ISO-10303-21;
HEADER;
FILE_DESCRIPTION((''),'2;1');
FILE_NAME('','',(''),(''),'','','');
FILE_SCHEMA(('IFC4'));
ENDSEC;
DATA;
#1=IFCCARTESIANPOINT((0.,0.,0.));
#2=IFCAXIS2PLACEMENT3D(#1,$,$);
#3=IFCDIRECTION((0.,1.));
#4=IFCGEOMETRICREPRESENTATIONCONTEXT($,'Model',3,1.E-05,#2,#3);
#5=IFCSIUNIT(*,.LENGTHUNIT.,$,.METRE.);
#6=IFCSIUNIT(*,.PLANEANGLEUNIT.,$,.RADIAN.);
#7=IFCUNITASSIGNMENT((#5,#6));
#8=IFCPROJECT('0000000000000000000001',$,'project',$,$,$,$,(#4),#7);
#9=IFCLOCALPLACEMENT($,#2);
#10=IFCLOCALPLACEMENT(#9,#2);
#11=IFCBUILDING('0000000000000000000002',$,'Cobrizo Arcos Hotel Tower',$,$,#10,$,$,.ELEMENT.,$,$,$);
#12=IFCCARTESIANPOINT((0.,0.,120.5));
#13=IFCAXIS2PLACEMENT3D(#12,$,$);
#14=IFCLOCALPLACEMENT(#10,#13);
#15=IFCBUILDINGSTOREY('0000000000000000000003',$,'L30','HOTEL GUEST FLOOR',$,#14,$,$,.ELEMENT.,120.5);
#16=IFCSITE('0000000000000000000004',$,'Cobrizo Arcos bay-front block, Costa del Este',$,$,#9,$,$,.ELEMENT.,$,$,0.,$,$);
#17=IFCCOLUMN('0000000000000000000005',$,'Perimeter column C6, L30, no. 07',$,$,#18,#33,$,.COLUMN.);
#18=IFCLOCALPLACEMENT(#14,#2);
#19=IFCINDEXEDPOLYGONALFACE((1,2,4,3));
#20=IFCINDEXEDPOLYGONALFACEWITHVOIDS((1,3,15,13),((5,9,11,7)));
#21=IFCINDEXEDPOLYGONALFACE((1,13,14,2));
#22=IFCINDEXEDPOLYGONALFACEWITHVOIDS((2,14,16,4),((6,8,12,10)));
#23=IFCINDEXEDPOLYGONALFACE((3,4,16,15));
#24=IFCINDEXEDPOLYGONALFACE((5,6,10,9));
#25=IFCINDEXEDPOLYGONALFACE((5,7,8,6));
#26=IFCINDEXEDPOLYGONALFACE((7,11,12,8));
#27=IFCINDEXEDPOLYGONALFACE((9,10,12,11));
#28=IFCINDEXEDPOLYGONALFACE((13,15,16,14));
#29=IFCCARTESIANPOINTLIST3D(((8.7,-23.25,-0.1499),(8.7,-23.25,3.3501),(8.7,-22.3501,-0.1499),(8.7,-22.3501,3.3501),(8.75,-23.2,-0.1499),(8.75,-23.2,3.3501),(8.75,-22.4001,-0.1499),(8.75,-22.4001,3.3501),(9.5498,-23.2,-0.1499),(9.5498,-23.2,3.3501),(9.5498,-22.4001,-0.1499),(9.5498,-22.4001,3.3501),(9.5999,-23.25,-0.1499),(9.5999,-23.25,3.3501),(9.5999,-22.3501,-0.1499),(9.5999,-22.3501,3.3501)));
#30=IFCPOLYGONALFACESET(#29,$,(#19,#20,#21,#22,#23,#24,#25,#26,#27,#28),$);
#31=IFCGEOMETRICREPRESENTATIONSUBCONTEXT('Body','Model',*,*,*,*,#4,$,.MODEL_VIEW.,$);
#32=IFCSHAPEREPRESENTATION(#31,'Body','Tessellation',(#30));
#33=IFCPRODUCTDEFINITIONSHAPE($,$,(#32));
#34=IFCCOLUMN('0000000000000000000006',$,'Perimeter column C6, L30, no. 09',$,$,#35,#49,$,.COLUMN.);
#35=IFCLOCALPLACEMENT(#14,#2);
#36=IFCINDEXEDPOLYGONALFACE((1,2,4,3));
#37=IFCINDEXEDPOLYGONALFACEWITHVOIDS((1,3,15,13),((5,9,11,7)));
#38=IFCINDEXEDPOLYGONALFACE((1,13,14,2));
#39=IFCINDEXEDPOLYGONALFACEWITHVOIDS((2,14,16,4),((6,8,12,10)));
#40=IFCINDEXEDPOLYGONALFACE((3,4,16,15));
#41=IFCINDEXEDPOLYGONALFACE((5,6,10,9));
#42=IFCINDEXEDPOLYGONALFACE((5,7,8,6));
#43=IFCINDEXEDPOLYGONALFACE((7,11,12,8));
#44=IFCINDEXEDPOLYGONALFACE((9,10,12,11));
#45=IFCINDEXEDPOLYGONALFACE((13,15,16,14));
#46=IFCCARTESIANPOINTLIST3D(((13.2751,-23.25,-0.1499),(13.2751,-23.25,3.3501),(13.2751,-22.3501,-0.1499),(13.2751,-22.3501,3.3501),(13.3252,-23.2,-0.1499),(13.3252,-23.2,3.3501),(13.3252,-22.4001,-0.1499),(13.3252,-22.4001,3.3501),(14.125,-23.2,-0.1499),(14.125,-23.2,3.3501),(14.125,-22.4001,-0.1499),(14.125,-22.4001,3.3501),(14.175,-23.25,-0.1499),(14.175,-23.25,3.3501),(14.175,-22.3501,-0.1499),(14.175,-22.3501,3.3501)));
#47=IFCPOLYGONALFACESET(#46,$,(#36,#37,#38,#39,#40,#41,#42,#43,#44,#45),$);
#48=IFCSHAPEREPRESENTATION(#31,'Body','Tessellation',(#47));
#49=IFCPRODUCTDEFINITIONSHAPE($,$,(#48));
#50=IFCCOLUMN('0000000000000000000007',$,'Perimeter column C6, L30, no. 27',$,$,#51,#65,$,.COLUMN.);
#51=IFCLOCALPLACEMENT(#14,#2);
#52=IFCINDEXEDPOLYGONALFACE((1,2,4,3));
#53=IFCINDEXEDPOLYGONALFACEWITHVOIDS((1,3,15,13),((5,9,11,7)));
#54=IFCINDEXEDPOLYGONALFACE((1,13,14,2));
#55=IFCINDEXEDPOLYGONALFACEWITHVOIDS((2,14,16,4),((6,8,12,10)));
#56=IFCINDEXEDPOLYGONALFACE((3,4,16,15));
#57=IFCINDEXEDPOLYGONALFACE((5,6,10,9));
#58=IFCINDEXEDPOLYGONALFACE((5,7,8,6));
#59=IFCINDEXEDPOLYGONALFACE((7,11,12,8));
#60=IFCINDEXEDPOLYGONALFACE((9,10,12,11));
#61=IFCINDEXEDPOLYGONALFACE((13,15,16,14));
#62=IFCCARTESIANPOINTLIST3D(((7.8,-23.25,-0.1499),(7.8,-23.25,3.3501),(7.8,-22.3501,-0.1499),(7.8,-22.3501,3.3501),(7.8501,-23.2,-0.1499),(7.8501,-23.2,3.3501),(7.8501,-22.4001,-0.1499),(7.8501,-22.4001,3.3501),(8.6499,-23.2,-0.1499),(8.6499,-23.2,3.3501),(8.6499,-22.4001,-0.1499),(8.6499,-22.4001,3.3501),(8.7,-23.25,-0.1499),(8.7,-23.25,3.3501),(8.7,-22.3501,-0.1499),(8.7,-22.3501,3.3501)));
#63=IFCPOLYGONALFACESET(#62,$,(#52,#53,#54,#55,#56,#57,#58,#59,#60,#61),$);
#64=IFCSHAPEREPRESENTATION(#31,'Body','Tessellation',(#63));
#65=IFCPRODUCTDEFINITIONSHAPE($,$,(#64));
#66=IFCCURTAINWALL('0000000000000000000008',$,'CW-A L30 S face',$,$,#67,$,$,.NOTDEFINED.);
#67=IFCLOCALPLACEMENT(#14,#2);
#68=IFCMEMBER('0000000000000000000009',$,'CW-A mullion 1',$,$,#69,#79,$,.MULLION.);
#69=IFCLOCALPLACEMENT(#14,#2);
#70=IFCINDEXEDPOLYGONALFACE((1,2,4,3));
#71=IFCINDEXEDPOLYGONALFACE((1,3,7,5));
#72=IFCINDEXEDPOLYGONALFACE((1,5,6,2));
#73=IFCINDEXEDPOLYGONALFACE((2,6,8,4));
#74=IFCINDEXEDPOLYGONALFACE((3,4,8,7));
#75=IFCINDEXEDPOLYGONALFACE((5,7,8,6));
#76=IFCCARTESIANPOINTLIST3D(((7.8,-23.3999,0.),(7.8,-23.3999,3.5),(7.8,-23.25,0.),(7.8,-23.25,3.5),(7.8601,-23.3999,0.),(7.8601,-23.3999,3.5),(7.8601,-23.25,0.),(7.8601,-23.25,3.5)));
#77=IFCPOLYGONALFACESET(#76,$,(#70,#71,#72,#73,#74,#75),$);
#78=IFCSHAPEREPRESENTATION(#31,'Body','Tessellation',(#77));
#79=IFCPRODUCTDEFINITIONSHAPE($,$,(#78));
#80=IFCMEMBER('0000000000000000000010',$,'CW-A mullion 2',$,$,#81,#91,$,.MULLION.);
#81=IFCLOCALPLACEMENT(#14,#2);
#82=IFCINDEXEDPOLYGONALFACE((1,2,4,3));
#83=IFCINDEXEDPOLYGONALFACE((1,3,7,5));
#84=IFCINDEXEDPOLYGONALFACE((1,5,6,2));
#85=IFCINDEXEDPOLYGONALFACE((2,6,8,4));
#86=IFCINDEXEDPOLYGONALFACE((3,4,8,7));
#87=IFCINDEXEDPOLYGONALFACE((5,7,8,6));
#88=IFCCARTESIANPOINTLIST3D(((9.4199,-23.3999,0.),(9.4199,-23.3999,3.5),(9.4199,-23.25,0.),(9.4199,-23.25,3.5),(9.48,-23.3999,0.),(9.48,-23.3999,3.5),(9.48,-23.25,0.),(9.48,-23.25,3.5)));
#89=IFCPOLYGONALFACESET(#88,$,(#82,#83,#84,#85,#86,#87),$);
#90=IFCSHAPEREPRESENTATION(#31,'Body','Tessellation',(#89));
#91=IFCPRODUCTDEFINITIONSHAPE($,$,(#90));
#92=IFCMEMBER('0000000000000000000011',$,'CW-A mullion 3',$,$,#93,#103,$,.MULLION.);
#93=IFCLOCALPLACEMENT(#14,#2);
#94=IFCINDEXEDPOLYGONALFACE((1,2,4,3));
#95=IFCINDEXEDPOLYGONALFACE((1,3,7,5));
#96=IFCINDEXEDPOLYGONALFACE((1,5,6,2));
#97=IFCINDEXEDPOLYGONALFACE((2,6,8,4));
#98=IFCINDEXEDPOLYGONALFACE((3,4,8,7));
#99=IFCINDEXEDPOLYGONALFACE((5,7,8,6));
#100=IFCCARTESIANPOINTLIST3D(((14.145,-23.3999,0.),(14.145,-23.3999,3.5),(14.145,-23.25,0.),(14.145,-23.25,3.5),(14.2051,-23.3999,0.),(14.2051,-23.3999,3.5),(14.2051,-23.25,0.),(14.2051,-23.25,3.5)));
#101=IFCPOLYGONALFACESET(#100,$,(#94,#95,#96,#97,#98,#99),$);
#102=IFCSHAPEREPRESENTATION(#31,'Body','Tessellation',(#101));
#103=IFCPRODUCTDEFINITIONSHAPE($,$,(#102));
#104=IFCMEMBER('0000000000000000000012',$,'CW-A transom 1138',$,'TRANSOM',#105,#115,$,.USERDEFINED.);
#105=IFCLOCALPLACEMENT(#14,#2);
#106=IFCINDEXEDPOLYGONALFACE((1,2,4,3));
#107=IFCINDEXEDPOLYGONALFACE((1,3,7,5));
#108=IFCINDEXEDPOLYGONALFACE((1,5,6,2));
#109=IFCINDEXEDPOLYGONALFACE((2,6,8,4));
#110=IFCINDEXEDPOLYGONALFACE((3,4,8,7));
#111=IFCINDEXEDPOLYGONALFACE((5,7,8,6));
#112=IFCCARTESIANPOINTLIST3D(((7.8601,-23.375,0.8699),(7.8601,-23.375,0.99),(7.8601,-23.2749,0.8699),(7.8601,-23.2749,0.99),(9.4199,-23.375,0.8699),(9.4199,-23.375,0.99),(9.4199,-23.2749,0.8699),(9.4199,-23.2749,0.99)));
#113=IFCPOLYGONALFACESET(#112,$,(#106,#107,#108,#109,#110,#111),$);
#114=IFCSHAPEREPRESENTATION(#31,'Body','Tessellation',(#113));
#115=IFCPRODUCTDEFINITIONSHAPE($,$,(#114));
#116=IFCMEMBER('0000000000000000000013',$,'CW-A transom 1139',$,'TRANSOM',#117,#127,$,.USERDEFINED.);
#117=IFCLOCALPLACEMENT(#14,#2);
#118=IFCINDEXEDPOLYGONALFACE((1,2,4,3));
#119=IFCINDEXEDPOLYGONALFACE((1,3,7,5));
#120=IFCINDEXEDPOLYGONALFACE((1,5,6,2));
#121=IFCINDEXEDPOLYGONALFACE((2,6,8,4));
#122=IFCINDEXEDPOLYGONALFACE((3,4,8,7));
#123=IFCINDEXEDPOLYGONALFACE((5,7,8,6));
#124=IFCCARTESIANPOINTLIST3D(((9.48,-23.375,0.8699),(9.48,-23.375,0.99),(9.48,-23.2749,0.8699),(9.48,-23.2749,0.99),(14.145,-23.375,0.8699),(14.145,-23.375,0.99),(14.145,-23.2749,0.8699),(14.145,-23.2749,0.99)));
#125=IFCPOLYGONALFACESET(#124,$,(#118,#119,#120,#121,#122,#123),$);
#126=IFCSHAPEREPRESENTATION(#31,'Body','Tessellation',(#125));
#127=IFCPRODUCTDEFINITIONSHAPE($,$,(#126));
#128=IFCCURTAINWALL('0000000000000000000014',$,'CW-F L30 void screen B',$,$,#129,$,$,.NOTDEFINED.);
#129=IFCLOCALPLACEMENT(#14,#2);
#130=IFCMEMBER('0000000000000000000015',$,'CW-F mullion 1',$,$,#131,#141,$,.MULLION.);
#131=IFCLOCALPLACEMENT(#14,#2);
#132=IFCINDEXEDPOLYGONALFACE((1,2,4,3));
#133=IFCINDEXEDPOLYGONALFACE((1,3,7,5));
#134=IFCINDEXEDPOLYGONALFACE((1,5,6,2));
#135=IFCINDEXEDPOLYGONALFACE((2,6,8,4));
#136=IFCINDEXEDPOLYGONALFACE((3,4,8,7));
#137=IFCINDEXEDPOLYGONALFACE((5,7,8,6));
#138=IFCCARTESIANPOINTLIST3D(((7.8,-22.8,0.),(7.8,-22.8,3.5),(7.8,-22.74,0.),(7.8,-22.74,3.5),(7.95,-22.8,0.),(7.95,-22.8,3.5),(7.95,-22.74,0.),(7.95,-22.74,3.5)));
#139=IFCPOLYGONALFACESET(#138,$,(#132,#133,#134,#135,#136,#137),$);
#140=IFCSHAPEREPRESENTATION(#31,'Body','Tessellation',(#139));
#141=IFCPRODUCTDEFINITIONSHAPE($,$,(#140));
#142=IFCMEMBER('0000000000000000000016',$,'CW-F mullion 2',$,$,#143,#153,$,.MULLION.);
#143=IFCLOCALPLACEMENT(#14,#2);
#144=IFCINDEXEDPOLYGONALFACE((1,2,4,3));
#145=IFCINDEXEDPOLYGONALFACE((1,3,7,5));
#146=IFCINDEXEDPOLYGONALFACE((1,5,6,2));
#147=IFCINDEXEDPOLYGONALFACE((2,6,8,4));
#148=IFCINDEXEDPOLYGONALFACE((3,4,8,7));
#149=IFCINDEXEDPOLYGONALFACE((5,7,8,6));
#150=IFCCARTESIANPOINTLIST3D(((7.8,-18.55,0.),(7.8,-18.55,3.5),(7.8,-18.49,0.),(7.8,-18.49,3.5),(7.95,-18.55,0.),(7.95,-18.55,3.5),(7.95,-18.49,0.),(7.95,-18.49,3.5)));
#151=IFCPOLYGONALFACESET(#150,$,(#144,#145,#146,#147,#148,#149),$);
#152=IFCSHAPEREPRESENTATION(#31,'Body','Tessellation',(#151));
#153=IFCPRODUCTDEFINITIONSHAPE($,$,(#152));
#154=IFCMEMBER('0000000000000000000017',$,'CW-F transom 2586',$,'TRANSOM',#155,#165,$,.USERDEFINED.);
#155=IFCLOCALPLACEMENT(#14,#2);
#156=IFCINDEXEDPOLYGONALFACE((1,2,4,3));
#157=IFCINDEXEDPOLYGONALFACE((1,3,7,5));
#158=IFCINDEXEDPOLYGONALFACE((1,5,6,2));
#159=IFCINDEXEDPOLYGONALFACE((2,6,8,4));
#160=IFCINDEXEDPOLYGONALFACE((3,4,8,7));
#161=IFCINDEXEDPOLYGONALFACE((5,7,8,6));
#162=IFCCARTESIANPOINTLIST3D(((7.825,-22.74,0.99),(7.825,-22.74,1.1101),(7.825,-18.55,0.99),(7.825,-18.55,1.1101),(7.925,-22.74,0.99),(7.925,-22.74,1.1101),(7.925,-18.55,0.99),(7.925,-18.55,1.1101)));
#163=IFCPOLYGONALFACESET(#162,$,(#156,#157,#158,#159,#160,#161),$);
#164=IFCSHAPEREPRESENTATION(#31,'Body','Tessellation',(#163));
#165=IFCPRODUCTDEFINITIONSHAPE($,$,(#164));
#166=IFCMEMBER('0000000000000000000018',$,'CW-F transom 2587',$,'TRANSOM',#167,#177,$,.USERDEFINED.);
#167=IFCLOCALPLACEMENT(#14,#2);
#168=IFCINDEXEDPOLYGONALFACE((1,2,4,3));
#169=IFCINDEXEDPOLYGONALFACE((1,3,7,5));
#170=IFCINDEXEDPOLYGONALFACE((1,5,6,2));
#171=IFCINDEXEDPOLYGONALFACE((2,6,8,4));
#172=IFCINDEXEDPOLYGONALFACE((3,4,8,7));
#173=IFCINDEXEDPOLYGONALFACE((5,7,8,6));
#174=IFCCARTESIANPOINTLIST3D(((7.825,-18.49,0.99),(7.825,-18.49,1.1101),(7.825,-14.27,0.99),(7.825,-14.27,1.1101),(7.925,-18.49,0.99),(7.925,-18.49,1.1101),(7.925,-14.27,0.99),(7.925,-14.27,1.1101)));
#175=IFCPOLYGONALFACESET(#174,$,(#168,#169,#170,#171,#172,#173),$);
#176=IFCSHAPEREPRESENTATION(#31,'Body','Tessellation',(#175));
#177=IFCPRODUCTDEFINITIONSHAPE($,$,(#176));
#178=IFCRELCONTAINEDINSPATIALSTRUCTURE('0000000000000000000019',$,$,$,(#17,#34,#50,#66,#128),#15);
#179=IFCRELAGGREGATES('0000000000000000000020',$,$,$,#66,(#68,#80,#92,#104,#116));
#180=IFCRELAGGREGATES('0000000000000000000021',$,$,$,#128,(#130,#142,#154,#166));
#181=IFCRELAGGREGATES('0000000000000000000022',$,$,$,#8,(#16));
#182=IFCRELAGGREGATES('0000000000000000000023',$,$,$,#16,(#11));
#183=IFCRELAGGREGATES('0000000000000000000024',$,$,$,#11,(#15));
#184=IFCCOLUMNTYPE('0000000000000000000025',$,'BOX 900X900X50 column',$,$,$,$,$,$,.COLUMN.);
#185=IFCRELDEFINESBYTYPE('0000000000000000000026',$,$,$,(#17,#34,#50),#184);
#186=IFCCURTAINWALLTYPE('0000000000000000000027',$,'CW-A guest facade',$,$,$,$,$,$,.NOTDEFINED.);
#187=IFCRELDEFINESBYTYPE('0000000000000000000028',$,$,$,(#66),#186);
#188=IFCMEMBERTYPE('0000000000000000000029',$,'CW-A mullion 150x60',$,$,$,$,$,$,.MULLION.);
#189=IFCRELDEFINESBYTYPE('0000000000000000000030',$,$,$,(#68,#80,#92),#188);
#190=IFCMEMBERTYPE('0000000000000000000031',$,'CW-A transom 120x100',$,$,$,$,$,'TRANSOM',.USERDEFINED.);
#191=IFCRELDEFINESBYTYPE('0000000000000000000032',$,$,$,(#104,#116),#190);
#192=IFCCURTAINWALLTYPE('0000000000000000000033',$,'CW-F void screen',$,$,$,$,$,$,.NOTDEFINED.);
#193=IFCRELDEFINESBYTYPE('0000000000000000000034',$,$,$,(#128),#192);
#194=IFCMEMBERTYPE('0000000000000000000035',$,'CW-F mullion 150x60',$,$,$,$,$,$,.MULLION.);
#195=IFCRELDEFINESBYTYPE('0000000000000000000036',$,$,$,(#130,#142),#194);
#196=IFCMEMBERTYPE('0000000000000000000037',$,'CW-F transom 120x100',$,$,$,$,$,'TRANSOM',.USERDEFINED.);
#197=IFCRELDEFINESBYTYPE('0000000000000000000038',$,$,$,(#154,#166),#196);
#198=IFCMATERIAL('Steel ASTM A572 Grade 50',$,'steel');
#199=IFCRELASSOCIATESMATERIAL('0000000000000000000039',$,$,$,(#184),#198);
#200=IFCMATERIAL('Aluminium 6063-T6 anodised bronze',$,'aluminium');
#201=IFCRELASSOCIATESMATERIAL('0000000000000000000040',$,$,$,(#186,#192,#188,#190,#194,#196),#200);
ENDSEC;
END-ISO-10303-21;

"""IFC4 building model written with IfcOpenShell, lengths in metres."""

from ifc_helpers import new_model, si_unit, direction, frame, origin, origin_2d, place, context, subcontext, project, spatial, rectangle, hollow_rectangle, extrude, material, material_profile, profile_set, type_object, element, aggregate, save


model = new_model("IFC4")

# Units and contexts
model_context = context("Model", 3, precision=1e-05, world=origin(), true_north=direction((0.0, 1.0)))
body_context = subcontext(model_context, "Body", "Model", "MODEL_VIEW")
ifc_project = project(units=[si_unit("LENGTHUNIT", "METRE"), si_unit("PLANEANGLEUNIT", "RADIAN")], contexts=[model_context])

# Site, building, storey
site_placement = place(None, origin())
site = spatial("IfcSite", under=ifc_project, at=site_placement, Name="Cobrizo Arcos bay-front block, Costa del Este", CompositionType="ELEMENT", RefElevation=0.0)
building_placement = place(site_placement, origin())
building = spatial("IfcBuilding", under=site, at=building_placement, Name="Cobrizo Arcos Hotel Tower", CompositionType="ELEMENT")
storey_placement = place(building_placement, frame((0.0, 0.0, 120.5)))
storey = spatial("IfcBuildingStorey", under=building, at=storey_placement, Name="L30", Description="HOTEL GUEST FLOOR", CompositionType="ELEMENT", Elevation=120.5)

# Columns
ifc_material_1 = material(Name="Steel ASTM A572 Grade 50", Category="steel")
ifc_material_profile_1 = material_profile(ifc_material_1, hollow_rectangle(XDim=0.8999, YDim=0.8999, WallThickness=0.05, at=origin_2d()), Name="BOX 900X900X50")
ifc_profile_set_1 = profile_set([ifc_material_profile_1], Name="Steel ASTM A572 Grade 50")
column_type = type_object("IfcColumnType", Name="BOX 900X900X50 column", PredefinedType="COLUMN", material=ifc_profile_set_1)
for number, where, z_axis, x_axis, name in (
    (1, (9.1499, -22.8, -0.1499), (0.0, 0.0, 1.0), (1.0, 0.0, 0.0), "Perimeter column C6, L30, no. 07"),
    (2, (13.7251, -22.8, -0.1499), (0.0, 0.0, 1.0), (1.0, 0.0, 0.0), "Perimeter column C6, L30, no. 09"),
    (3, (8.25, -22.8, -0.1499), (0.0, 0.0, 1.0), (1.0, 0.0, 0.0), "Perimeter column C6, L30, no. 27"),
):
    element("IfcColumn", number, at=place(storey_placement, frame(where, z_axis=z_axis, x_axis=x_axis)), inside=storey, type_object=column_type, Name=name, PredefinedType="COLUMN", context=body_context, shape_type="SweptSolid", body=[
        extrude(hollow_rectangle(XDim=0.8999, YDim=0.8999, WallThickness=0.05, at=origin_2d()), origin(), (0.0, 0.0, 1.0), 3.5),
    ])

# Curtain walls, members
ifc_material_2 = material(Name="Aluminium 6063-T6 anodised bronze", Category="aluminium")
curtain_wall_type_1 = type_object("IfcCurtainWallType", Name="CW-A guest facade", PredefinedType="NOTDEFINED", material=ifc_material_2)
curtain_wall_1_placement = place(storey_placement, origin())
curtain_wall_1 = element("IfcCurtainWall", 4, at=curtain_wall_1_placement, inside=storey, type_object=curtain_wall_type_1, Name="CW-A L30 S face", PredefinedType="NOTDEFINED")
ifc_material_profile_2 = material_profile(ifc_material_2, rectangle(XDim=0.1499, YDim=0.0601, at=origin_2d()), Name="CW-A mullion 150x60")
ifc_profile_set_2 = profile_set([ifc_material_profile_2], Name="Aluminium 6063-T6 anodised bronze")
member_type_1 = type_object("IfcMemberType", Name="CW-A mullion 150x60", PredefinedType="MULLION", material=ifc_profile_set_2)
member_1_placement = place(storey_placement, frame((7.8301, -23.325, 0.0), z_axis=(0.0, 0.0, 1.0), x_axis=(0.0, -1.0, 0.0)))
member_1 = element("IfcMember", 5, at=member_1_placement, type_object=member_type_1, Name="CW-A mullion 1", PredefinedType="MULLION", context=body_context, shape_type="SweptSolid", body=[
    extrude(rectangle(XDim=0.1499, YDim=0.0601, at=origin_2d()), origin(), (0.0, 0.0, 1.0), 3.5),
])
member_2_placement = place(storey_placement, frame((9.45, -23.325, 0.0), z_axis=(0.0, 0.0, 1.0), x_axis=(0.0, -1.0, 0.0)))
member_2 = element("IfcMember", 6, at=member_2_placement, type_object=member_type_1, Name="CW-A mullion 2", PredefinedType="MULLION", context=body_context, shape_type="SweptSolid", body=[
    extrude(rectangle(XDim=0.1499, YDim=0.0601, at=origin_2d()), origin(), (0.0, 0.0, 1.0), 3.5),
])
member_3_placement = place(storey_placement, frame((14.175, -23.325, 0.0), z_axis=(0.0, 0.0, 1.0), x_axis=(0.0, -1.0, 0.0)))
member_3 = element("IfcMember", 7, at=member_3_placement, type_object=member_type_1, Name="CW-A mullion 3", PredefinedType="MULLION", context=body_context, shape_type="SweptSolid", body=[
    extrude(rectangle(XDim=0.1499, YDim=0.0601, at=origin_2d()), origin(), (0.0, 0.0, 1.0), 3.5),
])
ifc_material_profile_3 = material_profile(ifc_material_2, rectangle(XDim=0.1001, YDim=0.1201, at=origin_2d()), Name="CW-A transom 120x100")
ifc_profile_set_3 = profile_set([ifc_material_profile_3], Name="Aluminium 6063-T6 anodised bronze")
member_type_2 = type_object("IfcMemberType", Name="CW-A transom 120x100", ElementType="TRANSOM", PredefinedType="USERDEFINED", material=ifc_profile_set_3)
member_4_placement = place(storey_placement, frame((7.8601, -23.325, 0.9299), z_axis=(1.0, 0.0, 0.0), x_axis=(0.0, 1.0, 0.0)))
member_4 = element("IfcMember", 8, at=member_4_placement, type_object=member_type_2, Name="CW-A transom 1138", ObjectType="TRANSOM", PredefinedType="USERDEFINED", context=body_context, shape_type="SweptSolid", body=[
    extrude(rectangle(XDim=0.1001, YDim=0.1201, at=origin_2d()), origin(), (0.0, 0.0, 1.0), 1.5598),
])
member_5_placement = place(storey_placement, frame((9.48, -23.325, 0.9299), z_axis=(1.0, 0.0, 0.0), x_axis=(0.0, 1.0, 0.0)))
member_5 = element("IfcMember", 9, at=member_5_placement, type_object=member_type_2, Name="CW-A transom 1139", ObjectType="TRANSOM", PredefinedType="USERDEFINED", context=body_context, shape_type="SweptSolid", body=[
    extrude(rectangle(XDim=0.1001, YDim=0.1201, at=origin_2d()), origin(), (0.0, 0.0, 1.0), 4.665),
])
curtain_wall_type_2 = type_object("IfcCurtainWallType", Name="CW-F void screen", PredefinedType="NOTDEFINED", material=ifc_material_2)
curtain_wall_2_placement = place(storey_placement, origin())
curtain_wall_2 = element("IfcCurtainWall", 10, at=curtain_wall_2_placement, inside=storey, type_object=curtain_wall_type_2, Name="CW-F L30 void screen B", PredefinedType="NOTDEFINED")
ifc_material_profile_4 = material_profile(ifc_material_2, rectangle(XDim=0.1499, YDim=0.0601, at=origin_2d()), Name="CW-F mullion 150x60")
ifc_profile_set_4 = profile_set([ifc_material_profile_4], Name="Aluminium 6063-T6 anodised bronze")
member_type_3 = type_object("IfcMemberType", Name="CW-F mullion 150x60", PredefinedType="MULLION", material=ifc_profile_set_4)
member_6_placement = place(storey_placement, frame((7.875, -22.77, 0.0), z_axis=(0.0, 0.0, 1.0), x_axis=(1.0, 0.0, 0.0)))
member_6 = element("IfcMember", 11, at=member_6_placement, type_object=member_type_3, Name="CW-F mullion 1", PredefinedType="MULLION", context=body_context, shape_type="SweptSolid", body=[
    extrude(rectangle(XDim=0.1499, YDim=0.0601, at=origin_2d()), origin(), (0.0, 0.0, 1.0), 3.5),
])
member_7_placement = place(storey_placement, frame((7.875, -18.52, 0.0), z_axis=(0.0, 0.0, 1.0), x_axis=(1.0, 0.0, 0.0)))
member_7 = element("IfcMember", 12, at=member_7_placement, type_object=member_type_3, Name="CW-F mullion 2", PredefinedType="MULLION", context=body_context, shape_type="SweptSolid", body=[
    extrude(rectangle(XDim=0.1499, YDim=0.0601, at=origin_2d()), origin(), (0.0, 0.0, 1.0), 3.5),
])
ifc_material_profile_5 = material_profile(ifc_material_2, rectangle(XDim=0.1001, YDim=0.1201, at=origin_2d()), Name="CW-F transom 120x100")
ifc_profile_set_5 = profile_set([ifc_material_profile_5], Name="Aluminium 6063-T6 anodised bronze")
member_type_4 = type_object("IfcMemberType", Name="CW-F transom 120x100", ElementType="TRANSOM", PredefinedType="USERDEFINED", material=ifc_profile_set_5)
member_8_placement = place(storey_placement, frame((7.875, -22.74, 1.05), z_axis=(0.0, 1.0, 0.0), x_axis=(-1.0, 0.0, 0.0)))
member_8 = element("IfcMember", 13, at=member_8_placement, type_object=member_type_4, Name="CW-F transom 2586", ObjectType="TRANSOM", PredefinedType="USERDEFINED", context=body_context, shape_type="SweptSolid", body=[
    extrude(rectangle(XDim=0.1001, YDim=0.1201, at=origin_2d()), origin(), (0.0, 0.0, 1.0), 4.1899),
])
member_9_placement = place(storey_placement, frame((7.875, -18.49, 1.05), z_axis=(0.0, 1.0, 0.0), x_axis=(-1.0, 0.0, 0.0)))
member_9 = element("IfcMember", 14, at=member_9_placement, type_object=member_type_4, Name="CW-F transom 2587", ObjectType="TRANSOM", PredefinedType="USERDEFINED", context=body_context, shape_type="SweptSolid", body=[
    extrude(rectangle(XDim=0.1001, YDim=0.1201, at=origin_2d()), origin(), (0.0, 0.0, 1.0), 4.22),
])

aggregate(curtain_wall_1, [member_1, member_2, member_3, member_4, member_5])
aggregate(curtain_wall_2, [member_6, member_7, member_8, member_9])

save(model, "model.ifc")
